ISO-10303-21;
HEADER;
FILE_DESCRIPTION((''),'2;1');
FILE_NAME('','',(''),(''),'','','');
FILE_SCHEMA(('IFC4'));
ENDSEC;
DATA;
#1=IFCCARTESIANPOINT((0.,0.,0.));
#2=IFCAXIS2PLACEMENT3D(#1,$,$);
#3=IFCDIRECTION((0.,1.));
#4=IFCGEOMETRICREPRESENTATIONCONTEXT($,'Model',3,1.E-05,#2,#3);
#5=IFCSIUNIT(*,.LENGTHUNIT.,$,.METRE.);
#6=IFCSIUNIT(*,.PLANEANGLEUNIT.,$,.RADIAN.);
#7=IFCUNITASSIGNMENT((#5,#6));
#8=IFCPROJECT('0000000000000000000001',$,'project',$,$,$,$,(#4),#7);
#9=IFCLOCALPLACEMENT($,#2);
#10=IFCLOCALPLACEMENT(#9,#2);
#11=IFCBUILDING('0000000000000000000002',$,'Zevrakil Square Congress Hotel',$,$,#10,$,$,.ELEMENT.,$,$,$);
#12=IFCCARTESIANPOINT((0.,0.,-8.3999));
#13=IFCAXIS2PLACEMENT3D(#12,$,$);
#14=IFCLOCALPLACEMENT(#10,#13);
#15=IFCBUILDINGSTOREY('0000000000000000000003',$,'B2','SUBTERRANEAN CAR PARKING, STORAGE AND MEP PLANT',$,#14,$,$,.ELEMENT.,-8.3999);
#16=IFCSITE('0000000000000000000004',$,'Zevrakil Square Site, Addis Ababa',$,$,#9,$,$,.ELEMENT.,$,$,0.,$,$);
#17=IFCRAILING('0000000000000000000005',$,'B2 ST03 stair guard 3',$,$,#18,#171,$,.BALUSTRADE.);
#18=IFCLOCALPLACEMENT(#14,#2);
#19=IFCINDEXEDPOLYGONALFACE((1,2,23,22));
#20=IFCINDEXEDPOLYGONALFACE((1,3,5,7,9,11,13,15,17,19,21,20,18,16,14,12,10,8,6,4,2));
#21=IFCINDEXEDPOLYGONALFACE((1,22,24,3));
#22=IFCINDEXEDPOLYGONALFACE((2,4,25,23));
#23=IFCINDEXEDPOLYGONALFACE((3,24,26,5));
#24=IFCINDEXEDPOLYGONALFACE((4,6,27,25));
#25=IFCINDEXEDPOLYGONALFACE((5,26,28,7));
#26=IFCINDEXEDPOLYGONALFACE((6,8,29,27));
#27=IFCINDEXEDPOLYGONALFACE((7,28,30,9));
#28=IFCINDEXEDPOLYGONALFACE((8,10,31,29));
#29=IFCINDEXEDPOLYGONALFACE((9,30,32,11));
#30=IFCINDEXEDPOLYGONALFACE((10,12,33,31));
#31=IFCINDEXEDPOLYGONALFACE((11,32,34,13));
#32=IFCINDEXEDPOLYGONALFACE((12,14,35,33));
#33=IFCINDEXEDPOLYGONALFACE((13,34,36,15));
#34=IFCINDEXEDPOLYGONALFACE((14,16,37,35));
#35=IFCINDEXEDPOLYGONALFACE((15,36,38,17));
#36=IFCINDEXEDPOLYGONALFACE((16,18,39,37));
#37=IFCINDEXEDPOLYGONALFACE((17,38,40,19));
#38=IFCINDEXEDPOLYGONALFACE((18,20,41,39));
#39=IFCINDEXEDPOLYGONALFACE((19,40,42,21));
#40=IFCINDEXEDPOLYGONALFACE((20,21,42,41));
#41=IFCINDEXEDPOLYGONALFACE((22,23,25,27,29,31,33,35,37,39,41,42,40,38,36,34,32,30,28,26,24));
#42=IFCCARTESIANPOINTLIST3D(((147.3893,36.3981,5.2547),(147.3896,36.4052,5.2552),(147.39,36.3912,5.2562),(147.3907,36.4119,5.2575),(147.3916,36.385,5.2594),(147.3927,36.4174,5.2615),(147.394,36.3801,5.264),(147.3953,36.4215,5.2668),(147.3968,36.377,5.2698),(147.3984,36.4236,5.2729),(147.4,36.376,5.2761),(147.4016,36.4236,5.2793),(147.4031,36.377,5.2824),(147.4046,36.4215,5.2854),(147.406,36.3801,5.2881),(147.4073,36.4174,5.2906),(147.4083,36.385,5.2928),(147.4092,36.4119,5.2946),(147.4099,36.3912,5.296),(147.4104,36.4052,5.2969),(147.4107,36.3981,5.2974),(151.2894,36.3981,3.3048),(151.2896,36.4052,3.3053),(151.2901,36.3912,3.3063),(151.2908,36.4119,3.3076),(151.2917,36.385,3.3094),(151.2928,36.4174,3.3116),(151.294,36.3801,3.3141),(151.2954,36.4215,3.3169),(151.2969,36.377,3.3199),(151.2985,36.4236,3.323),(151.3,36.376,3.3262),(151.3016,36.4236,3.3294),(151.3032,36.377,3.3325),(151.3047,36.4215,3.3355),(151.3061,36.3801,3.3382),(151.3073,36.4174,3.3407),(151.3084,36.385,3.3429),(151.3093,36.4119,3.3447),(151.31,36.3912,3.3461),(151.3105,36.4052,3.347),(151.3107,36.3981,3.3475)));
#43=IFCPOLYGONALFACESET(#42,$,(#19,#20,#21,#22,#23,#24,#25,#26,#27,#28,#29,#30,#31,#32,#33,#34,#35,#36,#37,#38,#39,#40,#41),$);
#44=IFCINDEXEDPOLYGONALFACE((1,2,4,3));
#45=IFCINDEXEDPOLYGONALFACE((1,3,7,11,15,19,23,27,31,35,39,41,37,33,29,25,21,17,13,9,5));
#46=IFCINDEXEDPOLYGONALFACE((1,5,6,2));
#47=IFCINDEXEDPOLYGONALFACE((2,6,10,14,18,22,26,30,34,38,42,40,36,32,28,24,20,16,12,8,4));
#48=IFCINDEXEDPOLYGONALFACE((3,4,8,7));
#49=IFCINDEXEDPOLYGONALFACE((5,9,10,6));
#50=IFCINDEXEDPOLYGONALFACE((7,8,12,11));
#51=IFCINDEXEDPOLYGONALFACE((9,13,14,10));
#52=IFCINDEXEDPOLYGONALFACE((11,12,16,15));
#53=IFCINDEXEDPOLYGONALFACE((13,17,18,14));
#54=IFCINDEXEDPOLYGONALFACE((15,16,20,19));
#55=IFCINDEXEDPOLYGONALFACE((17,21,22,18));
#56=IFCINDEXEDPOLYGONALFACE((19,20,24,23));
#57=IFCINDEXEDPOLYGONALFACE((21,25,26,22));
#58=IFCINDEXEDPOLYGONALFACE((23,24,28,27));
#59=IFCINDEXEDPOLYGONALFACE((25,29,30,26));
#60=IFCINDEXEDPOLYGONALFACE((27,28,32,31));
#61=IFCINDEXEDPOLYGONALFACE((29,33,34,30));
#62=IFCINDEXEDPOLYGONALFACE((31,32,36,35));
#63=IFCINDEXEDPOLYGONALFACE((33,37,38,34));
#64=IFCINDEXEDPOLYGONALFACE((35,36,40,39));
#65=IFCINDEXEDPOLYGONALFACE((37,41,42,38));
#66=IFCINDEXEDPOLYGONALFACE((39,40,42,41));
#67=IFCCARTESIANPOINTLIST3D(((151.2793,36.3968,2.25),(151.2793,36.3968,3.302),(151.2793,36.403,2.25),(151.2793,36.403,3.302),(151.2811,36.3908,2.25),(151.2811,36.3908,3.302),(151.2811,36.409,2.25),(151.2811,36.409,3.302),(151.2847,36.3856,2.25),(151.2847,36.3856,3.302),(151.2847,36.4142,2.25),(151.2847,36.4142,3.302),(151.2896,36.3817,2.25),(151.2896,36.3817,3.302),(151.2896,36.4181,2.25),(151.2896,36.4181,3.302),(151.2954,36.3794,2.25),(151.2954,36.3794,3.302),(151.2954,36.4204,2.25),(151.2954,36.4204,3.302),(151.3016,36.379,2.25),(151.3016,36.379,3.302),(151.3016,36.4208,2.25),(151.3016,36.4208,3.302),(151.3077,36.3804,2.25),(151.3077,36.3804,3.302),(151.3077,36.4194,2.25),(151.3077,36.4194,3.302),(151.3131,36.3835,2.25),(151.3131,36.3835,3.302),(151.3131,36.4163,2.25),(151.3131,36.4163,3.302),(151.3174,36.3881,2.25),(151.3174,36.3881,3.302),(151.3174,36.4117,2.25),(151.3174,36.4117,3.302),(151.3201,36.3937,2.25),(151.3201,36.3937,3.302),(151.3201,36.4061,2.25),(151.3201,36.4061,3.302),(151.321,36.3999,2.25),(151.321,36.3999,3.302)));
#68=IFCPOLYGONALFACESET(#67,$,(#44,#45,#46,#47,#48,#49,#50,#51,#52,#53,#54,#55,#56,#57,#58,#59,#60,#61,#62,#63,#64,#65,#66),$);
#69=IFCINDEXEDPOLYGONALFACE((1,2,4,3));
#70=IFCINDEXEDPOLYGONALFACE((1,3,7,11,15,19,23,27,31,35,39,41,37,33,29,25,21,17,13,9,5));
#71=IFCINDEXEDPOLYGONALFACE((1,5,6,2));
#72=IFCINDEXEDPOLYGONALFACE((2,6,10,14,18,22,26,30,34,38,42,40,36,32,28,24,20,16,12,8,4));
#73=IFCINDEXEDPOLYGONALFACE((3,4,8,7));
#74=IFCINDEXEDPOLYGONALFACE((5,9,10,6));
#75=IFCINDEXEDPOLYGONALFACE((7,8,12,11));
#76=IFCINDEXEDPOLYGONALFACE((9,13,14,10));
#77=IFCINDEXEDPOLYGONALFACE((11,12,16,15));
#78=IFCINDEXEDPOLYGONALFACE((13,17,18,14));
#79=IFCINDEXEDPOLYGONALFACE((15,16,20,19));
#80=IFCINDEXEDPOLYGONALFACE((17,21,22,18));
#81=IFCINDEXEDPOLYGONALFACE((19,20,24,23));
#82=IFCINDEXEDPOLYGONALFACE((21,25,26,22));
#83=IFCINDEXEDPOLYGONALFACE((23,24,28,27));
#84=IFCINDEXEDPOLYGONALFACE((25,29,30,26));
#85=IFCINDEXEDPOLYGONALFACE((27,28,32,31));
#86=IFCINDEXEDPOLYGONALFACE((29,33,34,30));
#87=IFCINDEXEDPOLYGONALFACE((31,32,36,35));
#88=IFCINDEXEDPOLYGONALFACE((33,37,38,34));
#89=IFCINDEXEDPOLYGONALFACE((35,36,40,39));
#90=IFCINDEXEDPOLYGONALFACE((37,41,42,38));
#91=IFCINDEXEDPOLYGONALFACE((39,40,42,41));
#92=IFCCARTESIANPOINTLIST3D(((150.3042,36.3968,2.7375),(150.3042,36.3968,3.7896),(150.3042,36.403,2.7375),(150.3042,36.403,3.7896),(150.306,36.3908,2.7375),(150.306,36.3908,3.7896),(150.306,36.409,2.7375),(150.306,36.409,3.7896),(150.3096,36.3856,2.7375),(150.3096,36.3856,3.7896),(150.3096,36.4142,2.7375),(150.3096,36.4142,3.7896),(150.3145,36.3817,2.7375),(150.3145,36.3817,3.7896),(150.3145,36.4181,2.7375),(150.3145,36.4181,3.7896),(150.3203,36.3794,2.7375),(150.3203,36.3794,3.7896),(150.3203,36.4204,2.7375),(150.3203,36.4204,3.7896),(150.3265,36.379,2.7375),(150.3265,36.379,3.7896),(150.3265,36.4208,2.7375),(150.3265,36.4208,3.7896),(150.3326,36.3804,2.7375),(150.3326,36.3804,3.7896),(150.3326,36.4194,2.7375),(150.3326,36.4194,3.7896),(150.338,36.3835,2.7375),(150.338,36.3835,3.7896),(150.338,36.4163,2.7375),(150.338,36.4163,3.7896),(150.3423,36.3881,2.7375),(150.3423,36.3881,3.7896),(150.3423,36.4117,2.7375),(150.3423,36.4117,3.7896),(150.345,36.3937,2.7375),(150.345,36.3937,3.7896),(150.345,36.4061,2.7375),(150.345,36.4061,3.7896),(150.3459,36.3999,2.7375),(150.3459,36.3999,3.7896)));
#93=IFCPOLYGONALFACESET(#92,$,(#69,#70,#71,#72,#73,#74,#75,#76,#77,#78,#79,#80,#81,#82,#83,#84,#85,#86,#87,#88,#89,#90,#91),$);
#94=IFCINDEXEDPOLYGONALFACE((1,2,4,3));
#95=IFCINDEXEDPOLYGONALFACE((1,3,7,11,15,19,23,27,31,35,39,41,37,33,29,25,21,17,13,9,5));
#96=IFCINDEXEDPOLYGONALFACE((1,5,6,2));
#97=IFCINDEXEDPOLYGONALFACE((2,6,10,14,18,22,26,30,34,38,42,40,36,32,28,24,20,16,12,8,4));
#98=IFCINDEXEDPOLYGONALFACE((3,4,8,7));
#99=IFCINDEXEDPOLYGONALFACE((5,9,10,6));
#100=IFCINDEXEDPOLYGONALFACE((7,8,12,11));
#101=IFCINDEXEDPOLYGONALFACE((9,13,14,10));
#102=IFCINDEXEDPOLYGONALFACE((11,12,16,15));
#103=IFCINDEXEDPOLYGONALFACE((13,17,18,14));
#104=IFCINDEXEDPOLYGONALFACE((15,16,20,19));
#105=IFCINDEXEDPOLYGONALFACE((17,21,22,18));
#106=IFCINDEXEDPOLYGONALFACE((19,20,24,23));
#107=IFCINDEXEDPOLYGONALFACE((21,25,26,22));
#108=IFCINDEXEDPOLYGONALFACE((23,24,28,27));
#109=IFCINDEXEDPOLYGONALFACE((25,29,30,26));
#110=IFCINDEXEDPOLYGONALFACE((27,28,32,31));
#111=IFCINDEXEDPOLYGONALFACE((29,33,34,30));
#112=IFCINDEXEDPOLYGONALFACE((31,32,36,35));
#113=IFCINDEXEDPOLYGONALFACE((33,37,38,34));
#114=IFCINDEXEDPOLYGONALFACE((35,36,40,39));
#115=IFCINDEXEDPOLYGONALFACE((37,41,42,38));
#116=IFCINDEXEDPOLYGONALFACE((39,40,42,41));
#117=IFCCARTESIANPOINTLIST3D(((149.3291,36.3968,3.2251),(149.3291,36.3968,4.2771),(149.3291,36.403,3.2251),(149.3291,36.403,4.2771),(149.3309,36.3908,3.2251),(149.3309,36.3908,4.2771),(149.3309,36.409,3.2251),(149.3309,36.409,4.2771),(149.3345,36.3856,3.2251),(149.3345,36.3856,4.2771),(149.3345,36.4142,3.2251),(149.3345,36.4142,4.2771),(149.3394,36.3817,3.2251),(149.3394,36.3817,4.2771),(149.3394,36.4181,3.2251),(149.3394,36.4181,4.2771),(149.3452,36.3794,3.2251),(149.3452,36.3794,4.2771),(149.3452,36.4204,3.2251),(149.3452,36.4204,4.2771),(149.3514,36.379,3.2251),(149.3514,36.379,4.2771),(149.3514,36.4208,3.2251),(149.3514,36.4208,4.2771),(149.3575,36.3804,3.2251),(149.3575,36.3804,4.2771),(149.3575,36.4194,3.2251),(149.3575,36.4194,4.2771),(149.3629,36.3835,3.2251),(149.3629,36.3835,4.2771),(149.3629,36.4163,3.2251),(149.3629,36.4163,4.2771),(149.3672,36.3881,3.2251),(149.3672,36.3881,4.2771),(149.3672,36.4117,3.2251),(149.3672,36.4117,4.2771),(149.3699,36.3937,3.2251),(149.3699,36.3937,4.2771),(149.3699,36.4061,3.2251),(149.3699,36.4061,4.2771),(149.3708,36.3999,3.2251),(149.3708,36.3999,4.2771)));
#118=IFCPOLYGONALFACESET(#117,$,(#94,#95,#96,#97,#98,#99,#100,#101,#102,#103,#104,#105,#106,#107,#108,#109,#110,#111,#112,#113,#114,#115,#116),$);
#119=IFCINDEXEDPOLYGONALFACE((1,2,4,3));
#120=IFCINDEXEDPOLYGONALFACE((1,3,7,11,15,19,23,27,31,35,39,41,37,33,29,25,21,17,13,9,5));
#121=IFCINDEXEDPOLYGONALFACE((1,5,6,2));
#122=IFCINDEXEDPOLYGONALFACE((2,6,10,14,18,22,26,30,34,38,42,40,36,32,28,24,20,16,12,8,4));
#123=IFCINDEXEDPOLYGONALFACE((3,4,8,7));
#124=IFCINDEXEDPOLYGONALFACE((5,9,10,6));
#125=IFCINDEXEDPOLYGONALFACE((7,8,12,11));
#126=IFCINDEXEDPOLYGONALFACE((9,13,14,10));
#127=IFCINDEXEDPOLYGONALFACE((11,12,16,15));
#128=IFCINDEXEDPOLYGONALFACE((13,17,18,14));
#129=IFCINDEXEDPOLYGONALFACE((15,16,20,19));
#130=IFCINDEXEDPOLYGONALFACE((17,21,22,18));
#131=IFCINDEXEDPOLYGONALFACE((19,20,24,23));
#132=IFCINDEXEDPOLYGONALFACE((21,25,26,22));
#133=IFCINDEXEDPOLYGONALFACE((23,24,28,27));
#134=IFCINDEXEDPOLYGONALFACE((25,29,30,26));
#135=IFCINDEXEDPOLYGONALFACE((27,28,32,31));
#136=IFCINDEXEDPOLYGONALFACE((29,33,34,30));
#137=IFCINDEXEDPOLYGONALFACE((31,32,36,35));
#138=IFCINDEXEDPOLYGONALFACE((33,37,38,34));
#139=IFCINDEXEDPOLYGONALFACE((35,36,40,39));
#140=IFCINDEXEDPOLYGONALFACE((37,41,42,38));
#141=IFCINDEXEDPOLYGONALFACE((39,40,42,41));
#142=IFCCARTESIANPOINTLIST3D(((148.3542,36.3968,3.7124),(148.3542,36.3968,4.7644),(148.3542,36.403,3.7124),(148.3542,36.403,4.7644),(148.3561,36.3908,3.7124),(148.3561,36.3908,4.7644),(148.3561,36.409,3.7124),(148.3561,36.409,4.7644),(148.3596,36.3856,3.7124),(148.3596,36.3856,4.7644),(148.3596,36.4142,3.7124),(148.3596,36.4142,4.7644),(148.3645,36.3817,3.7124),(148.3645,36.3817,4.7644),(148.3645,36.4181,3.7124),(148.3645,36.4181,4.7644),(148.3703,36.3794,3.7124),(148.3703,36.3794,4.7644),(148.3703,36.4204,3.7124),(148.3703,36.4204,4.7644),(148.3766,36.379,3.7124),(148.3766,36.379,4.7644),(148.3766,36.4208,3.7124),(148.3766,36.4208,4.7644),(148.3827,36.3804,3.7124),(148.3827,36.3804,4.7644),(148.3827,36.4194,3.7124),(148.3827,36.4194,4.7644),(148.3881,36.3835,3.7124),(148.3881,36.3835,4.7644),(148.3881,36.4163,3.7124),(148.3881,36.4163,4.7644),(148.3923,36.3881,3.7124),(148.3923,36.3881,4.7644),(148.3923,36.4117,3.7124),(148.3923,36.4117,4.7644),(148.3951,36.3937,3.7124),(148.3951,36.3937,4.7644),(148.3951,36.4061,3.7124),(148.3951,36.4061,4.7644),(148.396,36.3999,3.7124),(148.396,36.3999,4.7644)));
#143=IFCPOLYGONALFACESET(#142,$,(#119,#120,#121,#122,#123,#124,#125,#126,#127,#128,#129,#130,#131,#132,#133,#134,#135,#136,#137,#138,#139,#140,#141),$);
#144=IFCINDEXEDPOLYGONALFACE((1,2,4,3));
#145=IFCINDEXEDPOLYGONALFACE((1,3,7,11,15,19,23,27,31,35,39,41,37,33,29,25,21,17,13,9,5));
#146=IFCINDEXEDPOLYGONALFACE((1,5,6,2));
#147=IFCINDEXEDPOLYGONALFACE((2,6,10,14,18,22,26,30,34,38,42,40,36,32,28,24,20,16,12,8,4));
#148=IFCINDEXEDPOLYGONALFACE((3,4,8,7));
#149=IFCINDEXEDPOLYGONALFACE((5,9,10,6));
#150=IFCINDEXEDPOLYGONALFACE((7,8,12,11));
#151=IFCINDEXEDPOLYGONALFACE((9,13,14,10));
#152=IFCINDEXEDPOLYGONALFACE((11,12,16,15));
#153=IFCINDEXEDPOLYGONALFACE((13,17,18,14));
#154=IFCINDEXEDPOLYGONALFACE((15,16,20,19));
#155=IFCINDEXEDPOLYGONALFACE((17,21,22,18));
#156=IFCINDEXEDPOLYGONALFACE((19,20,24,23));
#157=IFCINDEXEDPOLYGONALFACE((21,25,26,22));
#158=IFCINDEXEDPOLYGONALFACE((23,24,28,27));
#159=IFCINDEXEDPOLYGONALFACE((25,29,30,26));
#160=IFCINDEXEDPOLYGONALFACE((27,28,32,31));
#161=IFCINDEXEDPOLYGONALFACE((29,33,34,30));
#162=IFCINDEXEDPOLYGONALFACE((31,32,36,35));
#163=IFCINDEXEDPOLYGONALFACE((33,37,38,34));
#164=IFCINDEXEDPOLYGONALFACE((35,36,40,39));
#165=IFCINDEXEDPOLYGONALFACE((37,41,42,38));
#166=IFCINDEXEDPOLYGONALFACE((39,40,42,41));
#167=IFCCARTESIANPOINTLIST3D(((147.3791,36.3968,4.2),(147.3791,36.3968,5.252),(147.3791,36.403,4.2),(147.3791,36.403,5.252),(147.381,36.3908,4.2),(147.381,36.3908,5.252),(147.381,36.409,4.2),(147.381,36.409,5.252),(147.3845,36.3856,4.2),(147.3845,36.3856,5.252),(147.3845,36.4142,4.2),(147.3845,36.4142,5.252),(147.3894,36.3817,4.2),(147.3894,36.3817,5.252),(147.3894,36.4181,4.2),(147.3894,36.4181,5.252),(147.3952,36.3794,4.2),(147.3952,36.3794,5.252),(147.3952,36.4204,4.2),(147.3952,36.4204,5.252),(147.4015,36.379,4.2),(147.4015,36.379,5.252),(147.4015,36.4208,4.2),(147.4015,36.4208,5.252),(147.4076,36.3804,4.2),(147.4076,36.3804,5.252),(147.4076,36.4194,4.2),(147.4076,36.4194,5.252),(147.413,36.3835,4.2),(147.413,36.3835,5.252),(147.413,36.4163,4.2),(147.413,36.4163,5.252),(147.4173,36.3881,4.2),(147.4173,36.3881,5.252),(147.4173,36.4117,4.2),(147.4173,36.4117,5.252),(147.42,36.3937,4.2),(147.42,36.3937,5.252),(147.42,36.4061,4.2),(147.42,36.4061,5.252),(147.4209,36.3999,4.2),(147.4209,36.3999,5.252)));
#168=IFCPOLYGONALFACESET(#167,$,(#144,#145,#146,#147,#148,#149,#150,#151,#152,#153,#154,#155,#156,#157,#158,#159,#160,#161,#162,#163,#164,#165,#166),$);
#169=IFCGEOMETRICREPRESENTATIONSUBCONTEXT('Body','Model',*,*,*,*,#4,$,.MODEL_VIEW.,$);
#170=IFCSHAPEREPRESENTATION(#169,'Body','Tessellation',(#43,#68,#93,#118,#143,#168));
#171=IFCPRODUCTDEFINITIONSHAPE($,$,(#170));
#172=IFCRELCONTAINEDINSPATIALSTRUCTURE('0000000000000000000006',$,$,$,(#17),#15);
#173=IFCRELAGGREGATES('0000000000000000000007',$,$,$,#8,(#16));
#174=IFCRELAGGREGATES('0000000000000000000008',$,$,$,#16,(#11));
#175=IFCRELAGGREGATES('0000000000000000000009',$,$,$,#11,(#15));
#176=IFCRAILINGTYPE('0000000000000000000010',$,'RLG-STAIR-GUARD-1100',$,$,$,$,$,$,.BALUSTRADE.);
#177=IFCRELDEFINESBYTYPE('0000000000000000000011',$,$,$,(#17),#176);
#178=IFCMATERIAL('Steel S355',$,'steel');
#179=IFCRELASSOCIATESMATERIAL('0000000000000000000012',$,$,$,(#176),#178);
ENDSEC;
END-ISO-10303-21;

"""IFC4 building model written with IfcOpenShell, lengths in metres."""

from ifc_helpers import new_model, si_unit, direction, frame, origin, origin_2d, place, context, subcontext, project, spatial, circle, extrude, material, type_object, element, save


model = new_model("IFC4")

# Units and contexts
model_context = context("Model", 3, precision=1e-05, world=origin(), true_north=direction((0.0, 1.0)))
body_context = subcontext(model_context, "Body", "Model", "MODEL_VIEW")
ifc_project = project(units=[si_unit("LENGTHUNIT", "METRE"), si_unit("PLANEANGLEUNIT", "RADIAN")], contexts=[model_context])

# Site, building, storey
site_placement = place(None, origin())
site = spatial("IfcSite", under=ifc_project, at=site_placement, Name="Zevrakil Square Site, Addis Ababa", CompositionType="ELEMENT", RefElevation=0.0)
building_placement = place(site_placement, origin())
building = spatial("IfcBuilding", under=site, at=building_placement, Name="Zevrakil Square Congress Hotel", CompositionType="ELEMENT")
storey_placement = place(building_placement, frame((0.0, 0.0, -8.3999)))
storey = spatial("IfcBuildingStorey", under=building, at=storey_placement, Name="B2", Description="SUBTERRANEAN CAR PARKING, STORAGE AND MEP PLANT", CompositionType="ELEMENT", Elevation=-8.3999)

# Railing
ifc_material_1 = material(Name="Steel S355", Category="steel")
railing_type_1 = type_object("IfcRailingType", Name="RLG-STAIR-GUARD-1100", PredefinedType="BALUSTRADE", material=ifc_material_1)
railing_1_placement = place(storey_placement, frame((151.3, 36.3999, 2.25)))
element("IfcRailing", 1, at=railing_1_placement, inside=storey, type_object=railing_type_1, Name="B2 ST03 stair guard 3", PredefinedType="BALUSTRADE", context=body_context, shape_type="SweptSolid", body=[
    extrude(circle(Radius=0.0239, at=origin_2d()), frame((0.0, 0.0, 1.0762), z_axis=(-0.894438, 0.0, 0.447191), x_axis=(0.0, -1.0, 0.0)), (0.0, 0.0, 1.0), 4.3604),
    extrude(circle(Radius=0.021, at=origin_2d()), origin(), (0.0, 0.0, 1.0), 1.052),
    extrude(circle(Radius=0.021, at=origin_2d()), frame((-0.9751, 0.0, 0.4875)), (0.0, 0.0, 1.0), 1.052),
    extrude(circle(Radius=0.021, at=origin_2d()), frame((-1.9502, 0.0, 0.9751)), (0.0, 0.0, 1.0), 1.052),
    extrude(circle(Radius=0.021, at=origin_2d()), frame((-2.925, 0.0, 1.4624)), (0.0, 0.0, 1.0), 1.052),
    extrude(circle(Radius=0.021, at=origin_2d()), frame((-3.9001, 0.0, 1.95)), (0.0, 0.0, 1.0), 1.052),
])

save(model, "model.ifc")
